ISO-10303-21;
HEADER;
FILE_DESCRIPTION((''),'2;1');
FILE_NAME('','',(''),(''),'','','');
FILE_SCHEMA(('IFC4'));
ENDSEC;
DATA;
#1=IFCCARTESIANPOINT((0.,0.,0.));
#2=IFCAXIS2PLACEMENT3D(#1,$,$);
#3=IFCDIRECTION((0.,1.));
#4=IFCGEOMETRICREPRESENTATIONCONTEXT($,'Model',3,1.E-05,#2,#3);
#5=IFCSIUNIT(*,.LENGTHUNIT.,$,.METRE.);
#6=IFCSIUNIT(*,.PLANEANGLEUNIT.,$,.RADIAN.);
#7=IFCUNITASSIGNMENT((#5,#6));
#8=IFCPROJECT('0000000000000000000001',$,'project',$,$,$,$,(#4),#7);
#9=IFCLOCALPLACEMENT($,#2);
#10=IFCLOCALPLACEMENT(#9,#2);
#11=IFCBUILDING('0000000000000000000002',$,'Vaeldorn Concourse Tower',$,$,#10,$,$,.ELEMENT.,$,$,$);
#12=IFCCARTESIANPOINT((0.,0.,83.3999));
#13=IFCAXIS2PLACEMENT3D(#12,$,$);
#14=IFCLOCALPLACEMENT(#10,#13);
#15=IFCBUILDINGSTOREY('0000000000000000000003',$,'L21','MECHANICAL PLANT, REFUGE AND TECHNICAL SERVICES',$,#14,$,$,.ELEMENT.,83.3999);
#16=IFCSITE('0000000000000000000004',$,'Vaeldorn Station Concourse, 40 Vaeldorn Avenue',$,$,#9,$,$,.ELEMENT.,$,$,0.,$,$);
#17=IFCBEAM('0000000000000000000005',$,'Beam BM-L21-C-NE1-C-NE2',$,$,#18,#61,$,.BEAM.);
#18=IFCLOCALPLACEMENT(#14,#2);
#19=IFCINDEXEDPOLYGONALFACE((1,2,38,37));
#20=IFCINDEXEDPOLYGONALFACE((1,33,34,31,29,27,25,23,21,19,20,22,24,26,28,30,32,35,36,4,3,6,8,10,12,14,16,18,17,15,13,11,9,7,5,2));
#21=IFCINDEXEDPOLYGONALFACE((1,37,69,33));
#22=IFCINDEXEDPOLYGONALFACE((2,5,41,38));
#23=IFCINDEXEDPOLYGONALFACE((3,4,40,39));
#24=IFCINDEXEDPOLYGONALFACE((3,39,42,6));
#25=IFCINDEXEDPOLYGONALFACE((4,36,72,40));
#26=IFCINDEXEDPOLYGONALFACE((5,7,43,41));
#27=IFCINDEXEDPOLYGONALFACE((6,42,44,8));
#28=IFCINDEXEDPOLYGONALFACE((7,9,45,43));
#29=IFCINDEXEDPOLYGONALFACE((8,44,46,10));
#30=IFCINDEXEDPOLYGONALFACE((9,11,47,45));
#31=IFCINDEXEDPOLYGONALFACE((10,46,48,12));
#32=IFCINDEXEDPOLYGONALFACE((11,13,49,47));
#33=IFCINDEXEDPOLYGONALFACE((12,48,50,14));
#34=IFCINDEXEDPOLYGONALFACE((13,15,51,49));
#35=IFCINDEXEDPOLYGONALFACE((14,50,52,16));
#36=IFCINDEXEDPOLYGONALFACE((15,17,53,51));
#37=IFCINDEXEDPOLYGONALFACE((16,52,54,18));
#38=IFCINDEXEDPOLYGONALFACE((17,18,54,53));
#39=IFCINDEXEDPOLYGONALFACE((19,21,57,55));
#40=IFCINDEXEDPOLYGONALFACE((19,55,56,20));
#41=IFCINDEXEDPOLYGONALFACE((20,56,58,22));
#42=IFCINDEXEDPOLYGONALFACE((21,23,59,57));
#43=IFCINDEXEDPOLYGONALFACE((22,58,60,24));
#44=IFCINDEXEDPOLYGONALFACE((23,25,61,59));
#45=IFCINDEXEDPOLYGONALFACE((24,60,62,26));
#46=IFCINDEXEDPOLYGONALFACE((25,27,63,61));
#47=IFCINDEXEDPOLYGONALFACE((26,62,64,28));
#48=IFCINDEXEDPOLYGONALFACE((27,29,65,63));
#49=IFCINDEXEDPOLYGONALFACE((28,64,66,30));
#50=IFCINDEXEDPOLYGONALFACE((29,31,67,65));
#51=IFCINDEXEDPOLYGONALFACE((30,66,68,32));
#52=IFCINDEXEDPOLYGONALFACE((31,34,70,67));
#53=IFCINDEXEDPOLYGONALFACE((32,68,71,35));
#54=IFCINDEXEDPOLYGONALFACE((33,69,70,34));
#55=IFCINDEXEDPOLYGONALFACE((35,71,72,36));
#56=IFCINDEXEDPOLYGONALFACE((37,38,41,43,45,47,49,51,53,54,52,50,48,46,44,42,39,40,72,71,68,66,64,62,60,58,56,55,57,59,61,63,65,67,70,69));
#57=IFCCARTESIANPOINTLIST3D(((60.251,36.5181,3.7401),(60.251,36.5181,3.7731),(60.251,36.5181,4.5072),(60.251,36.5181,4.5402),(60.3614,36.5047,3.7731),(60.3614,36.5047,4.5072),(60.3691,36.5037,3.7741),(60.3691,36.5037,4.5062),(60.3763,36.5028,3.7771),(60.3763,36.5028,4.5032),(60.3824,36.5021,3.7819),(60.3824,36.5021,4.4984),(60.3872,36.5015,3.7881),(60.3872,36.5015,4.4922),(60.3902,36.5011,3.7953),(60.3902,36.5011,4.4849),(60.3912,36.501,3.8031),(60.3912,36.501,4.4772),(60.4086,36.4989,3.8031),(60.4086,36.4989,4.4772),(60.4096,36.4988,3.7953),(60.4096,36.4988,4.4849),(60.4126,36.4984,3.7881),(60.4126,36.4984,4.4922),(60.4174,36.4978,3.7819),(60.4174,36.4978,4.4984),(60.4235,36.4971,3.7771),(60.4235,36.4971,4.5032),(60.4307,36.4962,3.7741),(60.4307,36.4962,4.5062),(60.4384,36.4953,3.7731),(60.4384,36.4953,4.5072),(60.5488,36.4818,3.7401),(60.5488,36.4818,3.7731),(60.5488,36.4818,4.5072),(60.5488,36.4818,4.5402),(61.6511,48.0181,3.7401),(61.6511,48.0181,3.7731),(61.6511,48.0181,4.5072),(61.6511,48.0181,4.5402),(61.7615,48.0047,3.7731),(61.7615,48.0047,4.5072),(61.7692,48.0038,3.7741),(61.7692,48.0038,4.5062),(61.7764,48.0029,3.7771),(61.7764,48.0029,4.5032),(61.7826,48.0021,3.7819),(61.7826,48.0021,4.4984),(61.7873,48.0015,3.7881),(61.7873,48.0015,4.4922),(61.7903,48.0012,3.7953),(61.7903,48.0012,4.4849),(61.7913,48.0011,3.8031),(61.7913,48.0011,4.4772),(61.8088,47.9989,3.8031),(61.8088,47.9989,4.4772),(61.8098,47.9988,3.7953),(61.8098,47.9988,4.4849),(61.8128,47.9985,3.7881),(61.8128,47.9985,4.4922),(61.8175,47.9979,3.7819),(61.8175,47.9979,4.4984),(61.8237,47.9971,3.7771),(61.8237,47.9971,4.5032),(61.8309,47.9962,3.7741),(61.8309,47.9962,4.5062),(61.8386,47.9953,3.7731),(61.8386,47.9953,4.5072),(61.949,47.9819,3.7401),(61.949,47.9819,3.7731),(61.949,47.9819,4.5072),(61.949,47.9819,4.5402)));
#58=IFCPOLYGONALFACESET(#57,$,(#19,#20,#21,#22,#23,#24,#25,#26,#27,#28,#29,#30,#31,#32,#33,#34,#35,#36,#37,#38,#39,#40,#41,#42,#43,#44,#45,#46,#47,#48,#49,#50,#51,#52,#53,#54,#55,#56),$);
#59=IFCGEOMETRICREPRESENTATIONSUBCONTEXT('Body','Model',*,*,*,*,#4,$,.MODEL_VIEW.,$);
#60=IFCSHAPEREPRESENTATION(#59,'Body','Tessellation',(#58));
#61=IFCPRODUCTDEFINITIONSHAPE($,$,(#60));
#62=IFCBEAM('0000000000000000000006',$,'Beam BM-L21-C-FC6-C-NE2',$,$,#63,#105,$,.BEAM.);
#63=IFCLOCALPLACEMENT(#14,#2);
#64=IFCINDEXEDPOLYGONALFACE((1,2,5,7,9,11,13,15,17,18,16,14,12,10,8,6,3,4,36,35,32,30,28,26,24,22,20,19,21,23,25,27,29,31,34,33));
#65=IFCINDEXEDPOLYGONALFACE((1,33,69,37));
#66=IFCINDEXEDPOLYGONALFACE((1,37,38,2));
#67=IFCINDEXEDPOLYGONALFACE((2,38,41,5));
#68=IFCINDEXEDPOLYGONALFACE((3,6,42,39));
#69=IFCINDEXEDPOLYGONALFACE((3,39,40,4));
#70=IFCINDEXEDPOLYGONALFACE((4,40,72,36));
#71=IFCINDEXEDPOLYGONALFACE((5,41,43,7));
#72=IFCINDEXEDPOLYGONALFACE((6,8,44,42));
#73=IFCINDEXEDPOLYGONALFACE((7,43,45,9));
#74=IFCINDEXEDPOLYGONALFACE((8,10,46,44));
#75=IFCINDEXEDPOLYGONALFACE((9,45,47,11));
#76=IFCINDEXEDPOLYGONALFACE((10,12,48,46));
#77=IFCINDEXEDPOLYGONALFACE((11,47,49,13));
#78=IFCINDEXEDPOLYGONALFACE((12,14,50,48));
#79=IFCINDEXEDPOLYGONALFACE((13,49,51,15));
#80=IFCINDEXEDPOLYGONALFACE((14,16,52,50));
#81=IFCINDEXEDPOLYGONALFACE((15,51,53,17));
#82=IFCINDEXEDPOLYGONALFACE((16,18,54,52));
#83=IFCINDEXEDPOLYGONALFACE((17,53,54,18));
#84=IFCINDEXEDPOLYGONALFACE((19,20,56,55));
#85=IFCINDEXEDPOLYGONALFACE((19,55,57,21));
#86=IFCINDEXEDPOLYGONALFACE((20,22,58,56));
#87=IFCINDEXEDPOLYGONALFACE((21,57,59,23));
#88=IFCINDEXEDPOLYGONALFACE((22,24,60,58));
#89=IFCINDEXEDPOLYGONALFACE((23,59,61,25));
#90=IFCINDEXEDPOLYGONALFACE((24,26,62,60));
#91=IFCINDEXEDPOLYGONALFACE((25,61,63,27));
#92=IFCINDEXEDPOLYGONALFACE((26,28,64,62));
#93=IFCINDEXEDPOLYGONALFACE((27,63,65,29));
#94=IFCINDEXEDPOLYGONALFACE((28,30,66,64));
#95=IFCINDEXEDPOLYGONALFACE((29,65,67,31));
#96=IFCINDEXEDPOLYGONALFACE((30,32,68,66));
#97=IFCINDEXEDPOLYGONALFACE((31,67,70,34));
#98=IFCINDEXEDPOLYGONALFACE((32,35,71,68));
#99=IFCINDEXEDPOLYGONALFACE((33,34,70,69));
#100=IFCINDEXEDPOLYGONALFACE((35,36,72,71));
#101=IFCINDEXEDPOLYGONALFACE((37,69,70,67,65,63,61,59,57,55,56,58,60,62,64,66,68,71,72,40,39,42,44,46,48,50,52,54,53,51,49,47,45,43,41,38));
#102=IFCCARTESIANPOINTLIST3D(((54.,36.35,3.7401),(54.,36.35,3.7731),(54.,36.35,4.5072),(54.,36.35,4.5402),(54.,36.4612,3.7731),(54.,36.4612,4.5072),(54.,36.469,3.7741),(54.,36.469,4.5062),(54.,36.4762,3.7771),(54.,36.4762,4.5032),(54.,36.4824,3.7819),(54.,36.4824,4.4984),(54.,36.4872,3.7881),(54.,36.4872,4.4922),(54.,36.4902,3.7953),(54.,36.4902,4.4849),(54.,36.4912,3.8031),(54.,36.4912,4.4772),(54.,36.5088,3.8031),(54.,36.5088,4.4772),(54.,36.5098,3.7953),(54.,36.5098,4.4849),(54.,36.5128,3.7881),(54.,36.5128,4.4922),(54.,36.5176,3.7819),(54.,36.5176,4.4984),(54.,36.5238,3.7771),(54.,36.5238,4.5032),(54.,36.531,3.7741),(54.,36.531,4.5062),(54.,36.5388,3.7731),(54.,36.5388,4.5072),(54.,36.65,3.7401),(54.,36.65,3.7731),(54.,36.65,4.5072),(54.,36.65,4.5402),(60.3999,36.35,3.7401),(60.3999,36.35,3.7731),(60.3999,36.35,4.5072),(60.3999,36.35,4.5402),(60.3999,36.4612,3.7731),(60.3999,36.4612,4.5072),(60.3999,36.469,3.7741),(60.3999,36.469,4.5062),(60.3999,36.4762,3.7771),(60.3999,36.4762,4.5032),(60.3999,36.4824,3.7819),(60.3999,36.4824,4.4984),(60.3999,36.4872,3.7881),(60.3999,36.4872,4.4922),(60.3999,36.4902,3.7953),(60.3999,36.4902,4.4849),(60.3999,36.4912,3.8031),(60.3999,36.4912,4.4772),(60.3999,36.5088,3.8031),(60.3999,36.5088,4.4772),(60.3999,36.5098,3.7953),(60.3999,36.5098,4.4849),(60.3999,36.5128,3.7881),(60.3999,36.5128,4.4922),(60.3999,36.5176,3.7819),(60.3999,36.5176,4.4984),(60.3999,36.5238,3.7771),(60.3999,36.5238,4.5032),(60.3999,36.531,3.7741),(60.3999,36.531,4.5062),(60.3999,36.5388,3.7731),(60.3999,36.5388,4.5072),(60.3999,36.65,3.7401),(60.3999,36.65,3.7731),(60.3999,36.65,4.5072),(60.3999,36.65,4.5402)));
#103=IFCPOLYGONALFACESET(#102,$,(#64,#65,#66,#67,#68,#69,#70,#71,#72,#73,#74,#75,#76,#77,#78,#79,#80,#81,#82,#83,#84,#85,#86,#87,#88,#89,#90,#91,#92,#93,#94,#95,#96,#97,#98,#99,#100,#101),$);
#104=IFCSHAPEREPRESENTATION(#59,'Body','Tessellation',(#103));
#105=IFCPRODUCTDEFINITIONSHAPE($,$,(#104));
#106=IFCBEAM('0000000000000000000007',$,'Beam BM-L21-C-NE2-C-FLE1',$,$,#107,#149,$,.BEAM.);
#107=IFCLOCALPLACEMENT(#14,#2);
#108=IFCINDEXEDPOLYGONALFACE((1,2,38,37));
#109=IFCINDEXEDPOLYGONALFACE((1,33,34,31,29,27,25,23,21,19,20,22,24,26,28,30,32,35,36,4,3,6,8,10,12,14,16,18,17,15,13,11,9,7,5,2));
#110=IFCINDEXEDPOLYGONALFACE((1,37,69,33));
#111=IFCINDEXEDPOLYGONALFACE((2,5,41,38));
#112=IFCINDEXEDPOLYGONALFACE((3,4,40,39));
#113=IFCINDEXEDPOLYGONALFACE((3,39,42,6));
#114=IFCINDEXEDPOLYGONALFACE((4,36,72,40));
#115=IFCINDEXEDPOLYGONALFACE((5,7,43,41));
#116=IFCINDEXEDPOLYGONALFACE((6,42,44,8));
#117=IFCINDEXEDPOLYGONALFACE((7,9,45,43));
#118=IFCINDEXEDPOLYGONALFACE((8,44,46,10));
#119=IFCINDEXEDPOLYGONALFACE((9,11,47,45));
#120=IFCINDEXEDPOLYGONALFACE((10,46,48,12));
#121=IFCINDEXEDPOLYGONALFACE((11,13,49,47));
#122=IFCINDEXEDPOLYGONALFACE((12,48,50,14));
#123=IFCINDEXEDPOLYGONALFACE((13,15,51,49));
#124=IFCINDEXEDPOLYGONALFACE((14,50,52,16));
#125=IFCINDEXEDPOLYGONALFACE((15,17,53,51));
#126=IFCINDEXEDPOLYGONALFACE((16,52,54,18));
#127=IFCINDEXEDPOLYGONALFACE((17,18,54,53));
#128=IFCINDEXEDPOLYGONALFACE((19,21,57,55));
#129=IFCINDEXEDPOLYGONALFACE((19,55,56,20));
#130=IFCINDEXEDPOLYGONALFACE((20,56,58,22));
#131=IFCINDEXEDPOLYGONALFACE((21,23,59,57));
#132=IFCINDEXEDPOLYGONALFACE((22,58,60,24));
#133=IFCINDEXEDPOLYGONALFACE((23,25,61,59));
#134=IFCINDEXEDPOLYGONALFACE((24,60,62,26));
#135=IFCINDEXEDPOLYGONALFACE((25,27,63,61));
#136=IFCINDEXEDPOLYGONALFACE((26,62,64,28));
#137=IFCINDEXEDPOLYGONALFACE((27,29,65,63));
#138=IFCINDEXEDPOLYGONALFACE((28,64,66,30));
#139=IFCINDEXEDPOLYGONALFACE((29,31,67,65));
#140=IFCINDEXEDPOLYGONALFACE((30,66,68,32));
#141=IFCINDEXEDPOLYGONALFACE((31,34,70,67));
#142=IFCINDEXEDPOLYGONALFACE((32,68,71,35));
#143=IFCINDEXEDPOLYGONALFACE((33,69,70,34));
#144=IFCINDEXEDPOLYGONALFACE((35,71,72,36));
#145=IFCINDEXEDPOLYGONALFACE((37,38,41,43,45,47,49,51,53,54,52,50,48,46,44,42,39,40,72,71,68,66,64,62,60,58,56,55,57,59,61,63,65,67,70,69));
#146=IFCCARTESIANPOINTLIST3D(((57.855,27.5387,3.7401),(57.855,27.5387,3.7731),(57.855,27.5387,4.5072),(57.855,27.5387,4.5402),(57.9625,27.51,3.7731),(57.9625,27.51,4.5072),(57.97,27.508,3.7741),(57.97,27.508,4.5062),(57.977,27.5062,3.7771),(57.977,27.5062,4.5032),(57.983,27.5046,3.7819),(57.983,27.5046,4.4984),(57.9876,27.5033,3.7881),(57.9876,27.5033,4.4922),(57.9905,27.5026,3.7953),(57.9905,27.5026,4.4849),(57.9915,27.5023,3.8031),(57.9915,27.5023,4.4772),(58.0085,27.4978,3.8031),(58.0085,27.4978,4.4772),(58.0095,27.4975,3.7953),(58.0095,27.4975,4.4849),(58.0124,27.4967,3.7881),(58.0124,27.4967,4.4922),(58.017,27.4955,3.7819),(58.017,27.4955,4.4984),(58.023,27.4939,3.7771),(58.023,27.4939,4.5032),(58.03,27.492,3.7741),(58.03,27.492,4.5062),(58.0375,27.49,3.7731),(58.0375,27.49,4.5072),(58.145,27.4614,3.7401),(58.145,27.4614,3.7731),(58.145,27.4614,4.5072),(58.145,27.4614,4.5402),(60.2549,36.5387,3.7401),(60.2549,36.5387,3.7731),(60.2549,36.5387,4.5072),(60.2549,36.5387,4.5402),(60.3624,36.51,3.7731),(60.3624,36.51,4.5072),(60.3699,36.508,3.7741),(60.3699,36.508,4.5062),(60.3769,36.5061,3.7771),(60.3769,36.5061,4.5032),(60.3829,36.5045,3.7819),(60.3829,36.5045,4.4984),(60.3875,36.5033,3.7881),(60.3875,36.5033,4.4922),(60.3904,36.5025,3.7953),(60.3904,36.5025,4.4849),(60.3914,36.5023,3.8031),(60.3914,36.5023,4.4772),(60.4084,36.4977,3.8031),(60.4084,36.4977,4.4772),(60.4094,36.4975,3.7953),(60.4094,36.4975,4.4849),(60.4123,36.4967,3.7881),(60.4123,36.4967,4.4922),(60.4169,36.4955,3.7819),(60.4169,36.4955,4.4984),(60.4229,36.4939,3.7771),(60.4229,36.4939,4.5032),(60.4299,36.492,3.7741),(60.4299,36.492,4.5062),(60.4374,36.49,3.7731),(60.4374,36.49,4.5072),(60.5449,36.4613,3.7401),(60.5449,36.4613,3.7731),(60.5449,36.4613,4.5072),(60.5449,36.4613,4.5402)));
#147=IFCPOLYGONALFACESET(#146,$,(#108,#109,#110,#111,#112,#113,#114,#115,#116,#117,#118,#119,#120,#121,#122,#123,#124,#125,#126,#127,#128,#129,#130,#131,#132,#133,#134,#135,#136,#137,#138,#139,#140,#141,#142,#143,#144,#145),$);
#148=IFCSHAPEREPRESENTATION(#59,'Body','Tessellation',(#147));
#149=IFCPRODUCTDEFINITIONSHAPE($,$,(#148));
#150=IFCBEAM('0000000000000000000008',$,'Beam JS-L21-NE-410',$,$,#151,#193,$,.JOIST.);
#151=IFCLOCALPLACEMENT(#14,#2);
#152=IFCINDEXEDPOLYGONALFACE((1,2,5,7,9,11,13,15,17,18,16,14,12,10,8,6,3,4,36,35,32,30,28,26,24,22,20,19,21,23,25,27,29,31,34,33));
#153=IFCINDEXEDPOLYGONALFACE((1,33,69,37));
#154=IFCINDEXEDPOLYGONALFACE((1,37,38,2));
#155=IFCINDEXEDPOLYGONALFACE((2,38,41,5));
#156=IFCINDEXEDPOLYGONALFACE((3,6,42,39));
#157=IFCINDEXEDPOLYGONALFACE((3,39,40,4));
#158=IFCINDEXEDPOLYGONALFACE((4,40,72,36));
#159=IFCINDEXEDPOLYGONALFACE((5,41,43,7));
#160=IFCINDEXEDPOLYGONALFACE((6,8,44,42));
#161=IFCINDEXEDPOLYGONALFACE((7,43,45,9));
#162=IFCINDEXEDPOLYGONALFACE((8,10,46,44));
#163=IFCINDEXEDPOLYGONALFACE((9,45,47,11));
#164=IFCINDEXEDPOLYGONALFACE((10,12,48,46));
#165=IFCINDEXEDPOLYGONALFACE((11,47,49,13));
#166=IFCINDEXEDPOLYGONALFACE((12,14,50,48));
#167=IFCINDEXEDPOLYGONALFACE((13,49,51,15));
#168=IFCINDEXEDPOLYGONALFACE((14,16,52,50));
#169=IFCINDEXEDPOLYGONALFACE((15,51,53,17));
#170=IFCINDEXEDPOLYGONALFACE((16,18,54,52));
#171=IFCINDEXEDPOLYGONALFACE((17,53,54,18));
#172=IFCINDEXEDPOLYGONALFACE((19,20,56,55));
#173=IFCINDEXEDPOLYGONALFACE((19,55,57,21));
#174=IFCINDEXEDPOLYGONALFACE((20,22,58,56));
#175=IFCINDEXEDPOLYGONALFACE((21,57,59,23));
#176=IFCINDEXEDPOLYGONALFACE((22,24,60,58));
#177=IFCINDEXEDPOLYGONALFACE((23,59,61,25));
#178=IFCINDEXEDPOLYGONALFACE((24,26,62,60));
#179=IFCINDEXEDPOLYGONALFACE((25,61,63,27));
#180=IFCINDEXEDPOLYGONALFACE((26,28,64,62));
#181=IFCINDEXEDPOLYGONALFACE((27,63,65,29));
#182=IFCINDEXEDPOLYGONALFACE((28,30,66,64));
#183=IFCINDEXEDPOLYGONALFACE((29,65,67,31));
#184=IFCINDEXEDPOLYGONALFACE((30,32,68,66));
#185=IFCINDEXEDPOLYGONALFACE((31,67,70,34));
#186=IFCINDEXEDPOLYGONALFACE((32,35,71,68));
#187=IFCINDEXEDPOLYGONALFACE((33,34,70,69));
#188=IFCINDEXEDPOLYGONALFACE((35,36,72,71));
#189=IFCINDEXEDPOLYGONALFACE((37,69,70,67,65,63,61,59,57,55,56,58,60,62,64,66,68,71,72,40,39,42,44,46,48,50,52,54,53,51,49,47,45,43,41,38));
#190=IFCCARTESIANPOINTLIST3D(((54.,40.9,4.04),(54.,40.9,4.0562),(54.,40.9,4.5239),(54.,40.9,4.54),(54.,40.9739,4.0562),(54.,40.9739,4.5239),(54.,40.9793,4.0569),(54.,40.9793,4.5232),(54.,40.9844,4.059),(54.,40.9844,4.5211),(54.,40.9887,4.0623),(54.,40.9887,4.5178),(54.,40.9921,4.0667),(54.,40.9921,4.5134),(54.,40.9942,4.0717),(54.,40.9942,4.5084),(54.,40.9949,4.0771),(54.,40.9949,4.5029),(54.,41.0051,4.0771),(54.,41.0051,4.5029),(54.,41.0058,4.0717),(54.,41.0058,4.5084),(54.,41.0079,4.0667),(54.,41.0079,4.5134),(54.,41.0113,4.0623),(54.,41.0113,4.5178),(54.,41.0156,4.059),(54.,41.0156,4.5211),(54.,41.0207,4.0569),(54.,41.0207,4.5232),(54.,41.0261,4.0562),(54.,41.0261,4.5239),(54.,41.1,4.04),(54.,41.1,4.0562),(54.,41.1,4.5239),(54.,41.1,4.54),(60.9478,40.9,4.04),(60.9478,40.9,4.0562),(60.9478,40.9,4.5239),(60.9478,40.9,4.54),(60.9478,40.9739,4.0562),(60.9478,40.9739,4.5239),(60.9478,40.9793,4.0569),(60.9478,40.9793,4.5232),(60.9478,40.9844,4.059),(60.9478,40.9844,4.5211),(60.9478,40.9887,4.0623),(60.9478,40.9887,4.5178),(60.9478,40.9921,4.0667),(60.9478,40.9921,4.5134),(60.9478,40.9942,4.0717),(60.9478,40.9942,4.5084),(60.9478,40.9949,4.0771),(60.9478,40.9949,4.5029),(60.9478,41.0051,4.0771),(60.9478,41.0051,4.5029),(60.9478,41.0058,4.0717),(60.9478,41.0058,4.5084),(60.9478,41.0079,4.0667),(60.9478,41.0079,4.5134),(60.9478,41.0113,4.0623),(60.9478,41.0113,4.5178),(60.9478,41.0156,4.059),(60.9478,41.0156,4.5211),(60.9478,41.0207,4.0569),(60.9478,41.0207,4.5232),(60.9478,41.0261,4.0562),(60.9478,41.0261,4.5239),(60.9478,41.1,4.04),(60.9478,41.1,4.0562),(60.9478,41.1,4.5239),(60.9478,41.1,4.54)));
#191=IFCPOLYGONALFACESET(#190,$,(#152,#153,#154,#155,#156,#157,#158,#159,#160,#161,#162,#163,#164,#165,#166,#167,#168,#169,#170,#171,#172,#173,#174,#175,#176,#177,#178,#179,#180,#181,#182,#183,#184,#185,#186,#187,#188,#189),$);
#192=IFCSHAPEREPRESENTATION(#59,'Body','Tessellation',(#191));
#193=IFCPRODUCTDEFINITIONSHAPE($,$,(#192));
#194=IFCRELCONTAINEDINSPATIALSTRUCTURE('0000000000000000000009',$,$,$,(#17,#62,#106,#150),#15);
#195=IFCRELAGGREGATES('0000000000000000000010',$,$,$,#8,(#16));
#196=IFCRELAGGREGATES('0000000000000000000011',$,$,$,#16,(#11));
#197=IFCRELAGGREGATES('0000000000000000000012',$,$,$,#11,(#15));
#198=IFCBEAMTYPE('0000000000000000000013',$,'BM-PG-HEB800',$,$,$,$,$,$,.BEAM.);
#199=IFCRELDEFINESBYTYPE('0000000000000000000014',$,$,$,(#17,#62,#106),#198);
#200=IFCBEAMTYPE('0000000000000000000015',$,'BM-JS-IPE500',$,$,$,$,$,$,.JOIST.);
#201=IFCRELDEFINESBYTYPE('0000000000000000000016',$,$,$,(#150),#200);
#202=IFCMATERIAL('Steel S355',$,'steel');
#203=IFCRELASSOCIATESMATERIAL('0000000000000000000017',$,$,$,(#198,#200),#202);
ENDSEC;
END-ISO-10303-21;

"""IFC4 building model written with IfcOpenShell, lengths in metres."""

from ifc_helpers import new_model, si_unit, direction, frame, origin, origin_2d, place, context, subcontext, project, spatial, i_section, extrude, source, transform, mapped, material, material_profile, profile_set, type_object, element, save


model = new_model("IFC4")

# Units and contexts
model_context = context("Model", 3, precision=1e-05, world=origin(), true_north=direction((0.0, 1.0)))
body_context = subcontext(model_context, "Body", "Model", "MODEL_VIEW")
ifc_project = project(units=[si_unit("LENGTHUNIT", "METRE"), si_unit("PLANEANGLEUNIT", "RADIAN")], contexts=[model_context])

# Site, building, storey
site_placement = place(None, origin())
site = spatial("IfcSite", under=ifc_project, at=site_placement, Name="Vaeldorn Station Concourse, 40 Vaeldorn Avenue", CompositionType="ELEMENT", RefElevation=0.0)
building_placement = place(site_placement, origin())
building = spatial("IfcBuilding", under=site, at=building_placement, Name="Vaeldorn Concourse Tower", CompositionType="ELEMENT")
storey_placement = place(building_placement, frame((0.0, 0.0, 83.3999)))
storey = spatial("IfcBuildingStorey", under=building, at=storey_placement, Name="L21", Description="MECHANICAL PLANT, REFUGE AND TECHNICAL SERVICES", CompositionType="ELEMENT", Elevation=83.3999)

# Beams
ifc_material_1 = material(Name="Steel S355", Category="steel")
ifc_material_profile_1 = material_profile(ifc_material_1, i_section(OverallWidth=0.3, OverallDepth=0.8, WebThickness=0.0176, FlangeThickness=0.033, FilletRadius=0.03, at=origin_2d()), Name="HEB 800")
ifc_profile_set_1 = profile_set([ifc_material_profile_1], Name="Steel S355")
beam_type_1 = type_object("IfcBeamType", Name="BM-PG-HEB800", PredefinedType="BEAM", material=ifc_profile_set_1)
shared_shape_1 = source(origin(), body_context, "Body", "SweptSolid", [
    extrude(i_section(OverallWidth=0.3, OverallDepth=0.8, WebThickness=0.0176, FlangeThickness=0.033, FilletRadius=0.03, at=origin_2d()), origin(), (0.0, 0.0, 1.0), 11.585),
])
beam_1_placement = place(storey_placement, frame((61.8, 48.0, 4.1401), z_axis=(-0.120859, -0.99267, 0.0), x_axis=(0.99267, -0.120859, 0.0)))
element("IfcBeam", 1, at=beam_1_placement, inside=storey, type_object=beam_type_1, Name="Beam BM-L21-C-NE1-C-NE2", PredefinedType="BEAM", context=body_context, shape_type="MappedRepresentation", body=[
    mapped(shared_shape_1, transform((0.0, 0.0, 0.0), scale=1.0)),
])
shared_shape_2 = source(origin(), body_context, "Body", "SweptSolid", [
    extrude(i_section(OverallWidth=0.3, OverallDepth=0.8, WebThickness=0.0176, FlangeThickness=0.033, FilletRadius=0.03, at=origin_2d()), origin(), (0.0, 0.0, 1.0), 6.3999),
])
beam_2_placement = place(storey_placement, frame((54.0, 36.5, 4.1401), z_axis=(1.0, 0.0, 0.0), x_axis=(0.0, 1.0, 0.0)))
element("IfcBeam", 2, at=beam_2_placement, inside=storey, type_object=beam_type_1, Name="Beam BM-L21-C-FC6-C-NE2", PredefinedType="BEAM", context=body_context, shape_type="MappedRepresentation", body=[
    mapped(shared_shape_2, transform((0.0, 0.0, 0.0), scale=1.0)),
])
shared_shape_3 = source(origin(), body_context, "Body", "SweptSolid", [
    extrude(i_section(OverallWidth=0.3, OverallDepth=0.8, WebThickness=0.0176, FlangeThickness=0.033, FilletRadius=0.03, at=origin_2d()), origin(), (0.0, 0.0, 1.0), 9.3145),
])
beam_3_placement = place(storey_placement, frame((60.3999, 36.5, 4.1401), z_axis=(-0.257653, -0.966238, 0.0), x_axis=(0.966238, -0.257653, 0.0)))
element("IfcBeam", 3, at=beam_3_placement, inside=storey, type_object=beam_type_1, Name="Beam BM-L21-C-NE2-C-FLE1", PredefinedType="BEAM", context=body_context, shape_type="MappedRepresentation", body=[
    mapped(shared_shape_3, transform((0.0, 0.0, 0.0), scale=1.0)),
])
ifc_material_profile_2 = material_profile(ifc_material_1, i_section(OverallWidth=0.2, OverallDepth=0.5, WebThickness=0.0103, FlangeThickness=0.0161, FilletRadius=0.021, at=origin_2d()), Name="IPE 500")
ifc_profile_set_2 = profile_set([ifc_material_profile_2], Name="Steel S355")
beam_type_2 = type_object("IfcBeamType", Name="BM-JS-IPE500", PredefinedType="JOIST", material=ifc_profile_set_2)
shared_shape_4 = source(origin(), body_context, "Body", "SweptSolid", [
    extrude(i_section(OverallWidth=0.2, OverallDepth=0.5, WebThickness=0.0103, FlangeThickness=0.0161, FilletRadius=0.021, at=origin_2d()), origin(), (0.0, 0.0, 1.0), 6.9478),
])
beam_4_placement = place(storey_placement, frame((54.0, 41.0, 4.29), z_axis=(1.0, 0.0, 0.0), x_axis=(0.0, 1.0, 0.0)))
element("IfcBeam", 4, at=beam_4_placement, inside=storey, type_object=beam_type_2, Name="Beam JS-L21-NE-410", PredefinedType="JOIST", context=body_context, shape_type="MappedRepresentation", body=[
    mapped(shared_shape_4, transform((0.0, 0.0, 0.0), scale=1.0)),
])

save(model, "model.ifc")
